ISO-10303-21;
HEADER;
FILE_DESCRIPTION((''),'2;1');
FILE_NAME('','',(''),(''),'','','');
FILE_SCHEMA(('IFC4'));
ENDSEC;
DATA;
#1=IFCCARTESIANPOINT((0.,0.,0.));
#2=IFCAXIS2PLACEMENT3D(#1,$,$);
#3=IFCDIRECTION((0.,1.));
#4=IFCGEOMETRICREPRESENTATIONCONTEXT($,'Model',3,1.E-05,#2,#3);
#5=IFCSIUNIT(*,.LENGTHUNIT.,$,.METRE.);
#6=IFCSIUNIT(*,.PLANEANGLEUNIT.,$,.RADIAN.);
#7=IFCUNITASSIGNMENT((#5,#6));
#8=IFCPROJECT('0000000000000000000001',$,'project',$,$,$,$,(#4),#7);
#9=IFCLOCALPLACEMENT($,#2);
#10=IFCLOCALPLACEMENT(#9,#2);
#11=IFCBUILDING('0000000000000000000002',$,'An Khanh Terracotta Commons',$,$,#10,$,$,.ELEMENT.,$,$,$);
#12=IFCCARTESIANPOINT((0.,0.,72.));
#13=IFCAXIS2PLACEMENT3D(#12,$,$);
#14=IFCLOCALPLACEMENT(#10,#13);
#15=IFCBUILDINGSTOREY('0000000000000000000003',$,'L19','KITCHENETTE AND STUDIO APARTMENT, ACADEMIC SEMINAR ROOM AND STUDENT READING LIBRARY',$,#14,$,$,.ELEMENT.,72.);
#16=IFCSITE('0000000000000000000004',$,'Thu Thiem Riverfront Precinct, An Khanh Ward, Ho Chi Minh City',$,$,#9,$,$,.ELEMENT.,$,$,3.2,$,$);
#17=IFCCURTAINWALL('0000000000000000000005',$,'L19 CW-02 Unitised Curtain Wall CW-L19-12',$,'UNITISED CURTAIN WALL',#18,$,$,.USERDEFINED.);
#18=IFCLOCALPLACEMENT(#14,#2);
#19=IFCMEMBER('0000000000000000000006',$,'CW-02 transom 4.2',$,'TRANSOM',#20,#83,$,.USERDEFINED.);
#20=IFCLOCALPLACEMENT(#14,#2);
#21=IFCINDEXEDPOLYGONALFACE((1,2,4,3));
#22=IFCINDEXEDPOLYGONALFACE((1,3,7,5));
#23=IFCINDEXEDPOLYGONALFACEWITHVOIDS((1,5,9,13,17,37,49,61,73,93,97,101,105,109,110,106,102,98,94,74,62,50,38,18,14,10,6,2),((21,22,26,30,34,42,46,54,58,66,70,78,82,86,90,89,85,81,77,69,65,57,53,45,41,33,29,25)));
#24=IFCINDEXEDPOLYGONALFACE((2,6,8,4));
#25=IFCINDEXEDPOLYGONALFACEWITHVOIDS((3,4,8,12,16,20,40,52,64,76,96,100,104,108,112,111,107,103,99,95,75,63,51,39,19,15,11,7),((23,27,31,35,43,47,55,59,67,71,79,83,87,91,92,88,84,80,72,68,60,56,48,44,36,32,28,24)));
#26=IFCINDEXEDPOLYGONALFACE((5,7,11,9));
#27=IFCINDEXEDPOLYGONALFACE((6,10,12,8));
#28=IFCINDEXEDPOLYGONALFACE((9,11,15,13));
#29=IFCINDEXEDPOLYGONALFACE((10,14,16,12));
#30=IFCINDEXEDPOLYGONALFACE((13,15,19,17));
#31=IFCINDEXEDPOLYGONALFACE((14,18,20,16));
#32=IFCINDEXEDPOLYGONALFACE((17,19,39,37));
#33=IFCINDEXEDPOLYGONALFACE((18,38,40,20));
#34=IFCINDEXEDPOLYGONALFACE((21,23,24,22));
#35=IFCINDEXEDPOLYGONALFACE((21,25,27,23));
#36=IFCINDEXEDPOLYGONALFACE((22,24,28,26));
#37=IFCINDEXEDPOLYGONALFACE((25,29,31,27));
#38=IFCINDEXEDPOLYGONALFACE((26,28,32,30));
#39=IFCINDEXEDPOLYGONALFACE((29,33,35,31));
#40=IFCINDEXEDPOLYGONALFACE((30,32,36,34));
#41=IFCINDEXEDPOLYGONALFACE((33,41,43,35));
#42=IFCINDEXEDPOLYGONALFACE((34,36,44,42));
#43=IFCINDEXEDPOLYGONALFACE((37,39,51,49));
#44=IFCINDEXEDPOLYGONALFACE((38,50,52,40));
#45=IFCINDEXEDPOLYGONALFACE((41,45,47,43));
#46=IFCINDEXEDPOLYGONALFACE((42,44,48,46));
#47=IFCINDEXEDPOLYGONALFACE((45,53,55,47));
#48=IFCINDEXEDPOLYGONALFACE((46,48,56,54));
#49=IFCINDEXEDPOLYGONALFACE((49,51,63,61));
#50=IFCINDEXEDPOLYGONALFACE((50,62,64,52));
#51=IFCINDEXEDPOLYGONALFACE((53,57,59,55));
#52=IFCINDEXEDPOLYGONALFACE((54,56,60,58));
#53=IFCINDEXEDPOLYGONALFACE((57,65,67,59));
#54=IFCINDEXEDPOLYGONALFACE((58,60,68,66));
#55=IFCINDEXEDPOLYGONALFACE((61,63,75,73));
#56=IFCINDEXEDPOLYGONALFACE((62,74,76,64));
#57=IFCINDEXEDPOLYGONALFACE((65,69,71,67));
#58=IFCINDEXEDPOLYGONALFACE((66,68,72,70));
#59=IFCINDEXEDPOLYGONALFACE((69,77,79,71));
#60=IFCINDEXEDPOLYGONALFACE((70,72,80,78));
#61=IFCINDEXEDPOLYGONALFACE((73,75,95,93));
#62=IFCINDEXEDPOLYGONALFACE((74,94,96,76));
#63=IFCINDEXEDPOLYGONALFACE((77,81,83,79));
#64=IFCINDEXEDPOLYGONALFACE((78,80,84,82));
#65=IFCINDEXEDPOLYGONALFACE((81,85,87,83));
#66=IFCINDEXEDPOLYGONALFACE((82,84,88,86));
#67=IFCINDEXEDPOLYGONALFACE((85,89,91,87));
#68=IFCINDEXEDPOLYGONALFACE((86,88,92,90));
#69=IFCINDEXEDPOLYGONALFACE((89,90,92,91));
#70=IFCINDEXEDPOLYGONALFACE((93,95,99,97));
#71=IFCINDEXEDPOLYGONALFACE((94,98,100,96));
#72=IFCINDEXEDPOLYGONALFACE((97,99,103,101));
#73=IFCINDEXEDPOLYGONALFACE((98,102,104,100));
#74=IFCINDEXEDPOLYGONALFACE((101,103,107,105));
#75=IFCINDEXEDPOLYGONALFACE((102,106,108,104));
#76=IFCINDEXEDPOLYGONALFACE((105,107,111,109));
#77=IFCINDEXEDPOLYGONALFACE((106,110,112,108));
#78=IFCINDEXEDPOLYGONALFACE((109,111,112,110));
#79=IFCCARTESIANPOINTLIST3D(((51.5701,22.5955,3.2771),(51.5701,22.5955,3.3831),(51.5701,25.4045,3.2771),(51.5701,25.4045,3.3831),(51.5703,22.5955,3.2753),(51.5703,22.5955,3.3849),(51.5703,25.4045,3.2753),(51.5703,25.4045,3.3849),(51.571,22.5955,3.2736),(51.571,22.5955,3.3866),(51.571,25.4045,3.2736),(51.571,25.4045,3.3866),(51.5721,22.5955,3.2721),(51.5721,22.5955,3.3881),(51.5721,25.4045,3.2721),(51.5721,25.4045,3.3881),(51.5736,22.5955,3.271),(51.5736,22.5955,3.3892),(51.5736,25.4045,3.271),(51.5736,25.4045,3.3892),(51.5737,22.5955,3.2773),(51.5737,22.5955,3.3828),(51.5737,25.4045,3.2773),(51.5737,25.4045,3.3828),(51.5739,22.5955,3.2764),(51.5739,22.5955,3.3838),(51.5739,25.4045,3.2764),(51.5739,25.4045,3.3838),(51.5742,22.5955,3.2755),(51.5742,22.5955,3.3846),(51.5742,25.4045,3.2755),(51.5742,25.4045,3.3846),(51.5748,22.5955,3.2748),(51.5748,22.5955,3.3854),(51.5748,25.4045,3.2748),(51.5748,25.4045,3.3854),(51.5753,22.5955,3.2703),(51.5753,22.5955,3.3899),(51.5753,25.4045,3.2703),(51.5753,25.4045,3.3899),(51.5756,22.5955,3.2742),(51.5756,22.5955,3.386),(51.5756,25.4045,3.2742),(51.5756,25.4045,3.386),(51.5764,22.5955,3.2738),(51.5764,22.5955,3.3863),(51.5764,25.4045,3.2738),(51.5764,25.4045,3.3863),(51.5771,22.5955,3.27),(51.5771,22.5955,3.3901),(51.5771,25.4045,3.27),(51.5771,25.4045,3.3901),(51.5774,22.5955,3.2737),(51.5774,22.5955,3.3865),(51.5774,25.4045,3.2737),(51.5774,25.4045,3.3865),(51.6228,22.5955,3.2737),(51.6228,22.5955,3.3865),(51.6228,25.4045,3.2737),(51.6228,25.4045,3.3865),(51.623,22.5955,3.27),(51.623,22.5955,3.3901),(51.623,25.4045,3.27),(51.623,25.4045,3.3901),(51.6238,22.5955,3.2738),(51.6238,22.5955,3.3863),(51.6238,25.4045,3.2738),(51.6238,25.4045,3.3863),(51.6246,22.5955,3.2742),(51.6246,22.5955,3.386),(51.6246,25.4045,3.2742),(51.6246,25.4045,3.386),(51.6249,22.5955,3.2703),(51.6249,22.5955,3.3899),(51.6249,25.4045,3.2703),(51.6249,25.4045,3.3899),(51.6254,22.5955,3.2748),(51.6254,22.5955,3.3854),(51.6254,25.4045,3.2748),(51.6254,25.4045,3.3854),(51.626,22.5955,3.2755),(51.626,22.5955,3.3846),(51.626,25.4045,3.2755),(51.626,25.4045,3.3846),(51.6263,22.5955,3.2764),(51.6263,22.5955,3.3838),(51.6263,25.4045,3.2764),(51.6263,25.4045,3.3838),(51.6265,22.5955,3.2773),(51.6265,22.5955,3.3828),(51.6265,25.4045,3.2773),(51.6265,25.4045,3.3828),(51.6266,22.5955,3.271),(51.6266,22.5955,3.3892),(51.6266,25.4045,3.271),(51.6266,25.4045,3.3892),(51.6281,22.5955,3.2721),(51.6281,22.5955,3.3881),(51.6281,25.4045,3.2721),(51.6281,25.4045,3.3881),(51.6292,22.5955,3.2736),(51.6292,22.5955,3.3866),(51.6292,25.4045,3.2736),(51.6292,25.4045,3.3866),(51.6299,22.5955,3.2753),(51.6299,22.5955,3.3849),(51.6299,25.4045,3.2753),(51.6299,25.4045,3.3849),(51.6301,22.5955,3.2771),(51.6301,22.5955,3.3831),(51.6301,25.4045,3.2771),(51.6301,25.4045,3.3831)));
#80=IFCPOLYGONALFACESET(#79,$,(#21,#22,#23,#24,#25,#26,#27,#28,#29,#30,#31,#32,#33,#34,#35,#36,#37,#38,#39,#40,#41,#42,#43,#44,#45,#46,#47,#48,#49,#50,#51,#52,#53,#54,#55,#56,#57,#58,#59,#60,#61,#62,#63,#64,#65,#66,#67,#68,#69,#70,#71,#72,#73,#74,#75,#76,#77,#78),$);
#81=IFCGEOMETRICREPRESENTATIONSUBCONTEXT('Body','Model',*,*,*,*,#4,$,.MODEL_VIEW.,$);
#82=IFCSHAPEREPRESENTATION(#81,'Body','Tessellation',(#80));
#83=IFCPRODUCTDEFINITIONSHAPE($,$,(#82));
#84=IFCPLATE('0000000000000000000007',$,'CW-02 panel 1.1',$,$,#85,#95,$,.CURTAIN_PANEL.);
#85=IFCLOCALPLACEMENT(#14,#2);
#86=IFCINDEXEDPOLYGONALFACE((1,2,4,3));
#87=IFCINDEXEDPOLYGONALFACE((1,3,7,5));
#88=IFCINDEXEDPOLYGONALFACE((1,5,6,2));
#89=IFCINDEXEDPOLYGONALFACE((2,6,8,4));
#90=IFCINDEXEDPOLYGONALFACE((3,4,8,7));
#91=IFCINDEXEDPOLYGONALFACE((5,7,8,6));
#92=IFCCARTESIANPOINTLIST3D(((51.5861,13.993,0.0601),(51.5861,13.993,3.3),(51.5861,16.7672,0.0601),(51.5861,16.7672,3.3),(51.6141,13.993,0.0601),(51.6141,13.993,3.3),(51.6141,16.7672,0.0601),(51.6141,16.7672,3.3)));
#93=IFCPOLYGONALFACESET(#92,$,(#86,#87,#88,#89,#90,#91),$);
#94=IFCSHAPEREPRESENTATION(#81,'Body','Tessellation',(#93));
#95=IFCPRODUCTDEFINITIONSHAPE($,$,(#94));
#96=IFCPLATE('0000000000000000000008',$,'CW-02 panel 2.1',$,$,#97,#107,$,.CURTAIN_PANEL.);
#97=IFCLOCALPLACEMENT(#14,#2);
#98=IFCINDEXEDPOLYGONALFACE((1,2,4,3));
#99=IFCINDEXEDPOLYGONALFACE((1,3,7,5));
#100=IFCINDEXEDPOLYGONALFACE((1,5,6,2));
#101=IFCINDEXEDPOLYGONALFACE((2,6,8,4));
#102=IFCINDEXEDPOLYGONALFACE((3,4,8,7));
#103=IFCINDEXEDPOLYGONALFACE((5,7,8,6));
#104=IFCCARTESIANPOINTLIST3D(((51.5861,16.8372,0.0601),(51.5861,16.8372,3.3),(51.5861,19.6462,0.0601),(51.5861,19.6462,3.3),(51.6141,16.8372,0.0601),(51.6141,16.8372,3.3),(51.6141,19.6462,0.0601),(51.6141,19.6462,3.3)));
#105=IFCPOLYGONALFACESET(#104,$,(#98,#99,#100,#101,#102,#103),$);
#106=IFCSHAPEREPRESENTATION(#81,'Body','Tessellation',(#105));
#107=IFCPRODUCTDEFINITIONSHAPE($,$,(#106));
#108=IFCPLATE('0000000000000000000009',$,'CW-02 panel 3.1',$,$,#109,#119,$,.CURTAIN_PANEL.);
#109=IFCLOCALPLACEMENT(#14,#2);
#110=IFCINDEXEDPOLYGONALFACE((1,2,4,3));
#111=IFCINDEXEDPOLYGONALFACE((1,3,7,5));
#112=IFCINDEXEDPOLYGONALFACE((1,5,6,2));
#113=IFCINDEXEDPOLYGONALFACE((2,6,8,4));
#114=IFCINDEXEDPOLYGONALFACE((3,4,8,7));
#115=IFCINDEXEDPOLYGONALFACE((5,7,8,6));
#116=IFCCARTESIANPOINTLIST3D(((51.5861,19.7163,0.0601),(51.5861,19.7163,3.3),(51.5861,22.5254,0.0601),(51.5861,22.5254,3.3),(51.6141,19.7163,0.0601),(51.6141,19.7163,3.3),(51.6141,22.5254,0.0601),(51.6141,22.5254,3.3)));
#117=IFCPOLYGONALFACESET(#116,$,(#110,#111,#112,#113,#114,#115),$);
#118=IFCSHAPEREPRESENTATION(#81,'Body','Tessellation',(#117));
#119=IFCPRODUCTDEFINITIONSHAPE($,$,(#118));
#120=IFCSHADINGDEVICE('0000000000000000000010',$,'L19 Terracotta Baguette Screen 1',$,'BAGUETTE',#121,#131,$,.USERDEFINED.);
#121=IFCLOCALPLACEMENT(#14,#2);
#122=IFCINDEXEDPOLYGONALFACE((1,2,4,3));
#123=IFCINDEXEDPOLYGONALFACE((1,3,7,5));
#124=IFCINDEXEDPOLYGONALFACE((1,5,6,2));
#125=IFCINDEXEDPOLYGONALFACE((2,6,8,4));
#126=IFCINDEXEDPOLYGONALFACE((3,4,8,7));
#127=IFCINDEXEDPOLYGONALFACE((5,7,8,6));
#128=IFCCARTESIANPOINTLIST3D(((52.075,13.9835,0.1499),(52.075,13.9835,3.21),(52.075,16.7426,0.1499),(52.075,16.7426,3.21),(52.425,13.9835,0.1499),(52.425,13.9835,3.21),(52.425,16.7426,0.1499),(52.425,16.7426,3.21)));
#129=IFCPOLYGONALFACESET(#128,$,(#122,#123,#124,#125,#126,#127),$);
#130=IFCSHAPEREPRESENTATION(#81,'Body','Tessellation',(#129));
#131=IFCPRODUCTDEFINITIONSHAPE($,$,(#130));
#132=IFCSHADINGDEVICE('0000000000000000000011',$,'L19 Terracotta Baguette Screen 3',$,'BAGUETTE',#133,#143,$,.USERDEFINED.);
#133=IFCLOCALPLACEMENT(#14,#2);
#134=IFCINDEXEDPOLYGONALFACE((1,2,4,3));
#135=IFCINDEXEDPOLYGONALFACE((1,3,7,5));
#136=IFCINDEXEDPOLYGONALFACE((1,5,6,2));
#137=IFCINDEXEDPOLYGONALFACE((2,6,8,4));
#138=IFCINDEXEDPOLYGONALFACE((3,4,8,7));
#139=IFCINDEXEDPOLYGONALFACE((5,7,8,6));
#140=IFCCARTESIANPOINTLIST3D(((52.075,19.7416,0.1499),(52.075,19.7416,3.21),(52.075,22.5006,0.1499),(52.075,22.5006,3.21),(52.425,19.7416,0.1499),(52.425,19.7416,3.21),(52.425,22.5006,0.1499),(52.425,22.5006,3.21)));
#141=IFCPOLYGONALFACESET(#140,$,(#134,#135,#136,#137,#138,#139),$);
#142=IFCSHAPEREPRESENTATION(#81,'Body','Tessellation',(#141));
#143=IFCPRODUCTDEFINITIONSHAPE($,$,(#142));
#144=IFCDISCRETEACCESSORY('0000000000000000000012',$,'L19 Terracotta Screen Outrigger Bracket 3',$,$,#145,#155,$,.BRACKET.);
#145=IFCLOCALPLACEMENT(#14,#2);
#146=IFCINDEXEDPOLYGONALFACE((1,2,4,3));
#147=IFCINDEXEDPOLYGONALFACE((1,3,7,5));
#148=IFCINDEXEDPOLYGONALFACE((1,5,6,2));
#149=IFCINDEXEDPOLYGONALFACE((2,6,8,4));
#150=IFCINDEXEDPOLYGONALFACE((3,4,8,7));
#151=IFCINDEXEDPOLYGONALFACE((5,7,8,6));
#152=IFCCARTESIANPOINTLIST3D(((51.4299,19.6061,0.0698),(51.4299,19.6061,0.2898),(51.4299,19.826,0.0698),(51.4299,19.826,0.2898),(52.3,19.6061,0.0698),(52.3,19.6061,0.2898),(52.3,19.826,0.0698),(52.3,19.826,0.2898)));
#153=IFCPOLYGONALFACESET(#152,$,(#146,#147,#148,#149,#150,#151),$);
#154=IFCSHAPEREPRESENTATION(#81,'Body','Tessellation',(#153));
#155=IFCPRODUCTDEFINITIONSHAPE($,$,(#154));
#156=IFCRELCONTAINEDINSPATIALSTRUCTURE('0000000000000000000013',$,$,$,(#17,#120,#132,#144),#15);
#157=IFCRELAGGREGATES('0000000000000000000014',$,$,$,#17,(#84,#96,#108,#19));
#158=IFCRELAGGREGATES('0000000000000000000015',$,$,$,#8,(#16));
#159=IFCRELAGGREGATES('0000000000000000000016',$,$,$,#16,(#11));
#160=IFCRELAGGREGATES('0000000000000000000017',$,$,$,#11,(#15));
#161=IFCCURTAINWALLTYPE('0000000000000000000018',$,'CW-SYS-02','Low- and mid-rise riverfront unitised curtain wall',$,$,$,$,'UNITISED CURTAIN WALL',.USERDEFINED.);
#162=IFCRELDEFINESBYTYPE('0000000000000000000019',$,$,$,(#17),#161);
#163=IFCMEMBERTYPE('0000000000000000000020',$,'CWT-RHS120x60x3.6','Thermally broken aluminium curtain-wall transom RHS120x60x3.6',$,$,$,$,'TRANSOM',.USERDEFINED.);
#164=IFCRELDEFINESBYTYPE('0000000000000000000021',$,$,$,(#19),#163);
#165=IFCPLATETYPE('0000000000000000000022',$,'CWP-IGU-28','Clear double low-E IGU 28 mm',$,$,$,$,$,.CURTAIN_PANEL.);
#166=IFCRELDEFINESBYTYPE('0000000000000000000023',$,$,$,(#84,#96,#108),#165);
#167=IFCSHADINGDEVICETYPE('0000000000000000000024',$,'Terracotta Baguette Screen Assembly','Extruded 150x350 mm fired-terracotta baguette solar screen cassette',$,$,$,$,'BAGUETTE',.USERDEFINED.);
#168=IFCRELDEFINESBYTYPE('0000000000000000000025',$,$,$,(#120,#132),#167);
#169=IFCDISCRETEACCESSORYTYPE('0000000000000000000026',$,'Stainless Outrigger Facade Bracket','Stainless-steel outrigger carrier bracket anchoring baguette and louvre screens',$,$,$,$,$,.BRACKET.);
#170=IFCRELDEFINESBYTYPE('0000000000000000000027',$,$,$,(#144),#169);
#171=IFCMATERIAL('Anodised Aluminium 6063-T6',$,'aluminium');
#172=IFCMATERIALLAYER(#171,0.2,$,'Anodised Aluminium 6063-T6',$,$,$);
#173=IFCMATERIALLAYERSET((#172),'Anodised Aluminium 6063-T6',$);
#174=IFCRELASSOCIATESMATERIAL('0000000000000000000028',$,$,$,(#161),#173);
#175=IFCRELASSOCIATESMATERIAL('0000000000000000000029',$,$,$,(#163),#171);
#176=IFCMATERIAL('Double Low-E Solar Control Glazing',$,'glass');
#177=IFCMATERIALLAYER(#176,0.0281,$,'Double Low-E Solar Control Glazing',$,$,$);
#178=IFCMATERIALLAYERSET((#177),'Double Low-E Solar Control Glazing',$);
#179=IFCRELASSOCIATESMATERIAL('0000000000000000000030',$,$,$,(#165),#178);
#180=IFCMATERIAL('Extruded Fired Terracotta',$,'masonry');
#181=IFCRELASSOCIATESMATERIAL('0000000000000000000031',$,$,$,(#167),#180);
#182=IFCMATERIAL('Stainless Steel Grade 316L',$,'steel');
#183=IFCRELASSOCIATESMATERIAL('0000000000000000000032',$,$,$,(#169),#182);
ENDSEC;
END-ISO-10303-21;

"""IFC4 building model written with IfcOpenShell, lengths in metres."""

from ifc_helpers import new_model, si_unit, direction, frame, origin, origin_2d, place, context, subcontext, project, spatial, rectangle, hollow_rectangle, extrude, material, layer, layer_set, material_profile, profile_set, type_object, element, aggregate, save


model = new_model("IFC4")

# Units and contexts
model_context = context("Model", 3, precision=1e-05, world=origin(), true_north=direction((0.0, 1.0)))
body_context = subcontext(model_context, "Body", "Model", "MODEL_VIEW")
ifc_project = project(units=[si_unit("LENGTHUNIT", "METRE"), si_unit("PLANEANGLEUNIT", "RADIAN")], contexts=[model_context])

# Site, building, storey
site_placement = place(None, origin())
site = spatial("IfcSite", under=ifc_project, at=site_placement, Name="Thu Thiem Riverfront Precinct, An Khanh Ward, Ho Chi Minh City", CompositionType="ELEMENT", RefElevation=3.2)
building_placement = place(site_placement, origin())
building = spatial("IfcBuilding", under=site, at=building_placement, Name="An Khanh Terracotta Commons", CompositionType="ELEMENT")
storey_placement = place(building_placement, frame((0.0, 0.0, 72.0)))
storey = spatial("IfcBuildingStorey", under=building, at=storey_placement, Name="L19", Description="KITCHENETTE AND STUDIO APARTMENT, ACADEMIC SEMINAR ROOM AND STUDENT READING LIBRARY", CompositionType="ELEMENT", Elevation=72.0)

# Curtain wall, member, plates
ifc_material_1 = material(Name="Anodised Aluminium 6063-T6", Category="aluminium")
ifc_layer_1 = layer(ifc_material_1, 0.2, Name="Anodised Aluminium 6063-T6")
ifc_layer_set_1 = layer_set([ifc_layer_1], Name="Anodised Aluminium 6063-T6")
curtain_wall_type = type_object("IfcCurtainWallType", Name="CW-SYS-02", Description="Low- and mid-rise riverfront unitised curtain wall", ElementType="UNITISED CURTAIN WALL", PredefinedType="USERDEFINED", material=ifc_layer_set_1)
curtain_wall_placement = place(storey_placement, origin())
curtain_wall = element("IfcCurtainWall", 1, at=curtain_wall_placement, inside=storey, type_object=curtain_wall_type, Name="L19 CW-02 Unitised Curtain Wall CW-L19-12", ObjectType="UNITISED CURTAIN WALL", PredefinedType="USERDEFINED")
ifc_material_profile_1 = material_profile(ifc_material_1, hollow_rectangle(XDim=0.0601, YDim=0.1201, WallThickness=0.0037, InnerFilletRadius=0.0037, OuterFilletRadius=0.0071, at=origin_2d()), Name="RHS120x60x3.6")
ifc_profile_set_1 = profile_set([ifc_material_profile_1], Name="Anodised Aluminium 6063-T6")
member_type_1 = type_object("IfcMemberType", Name="CWT-RHS120x60x3.6", Description="Thermally broken aluminium curtain-wall transom RHS120x60x3.6", ElementType="TRANSOM", PredefinedType="USERDEFINED", material=ifc_profile_set_1)
member_1_placement = place(storey_placement, frame((51.6001, 22.5955, 3.3301), z_axis=(0.0, 1.0, 0.0), x_axis=(-1.0, 0.0, 0.0)))
member_1 = element("IfcMember", 2, at=member_1_placement, type_object=member_type_1, Name="CW-02 transom 4.2", ObjectType="TRANSOM", PredefinedType="USERDEFINED", context=body_context, shape_type="SweptSolid", body=[
    extrude(hollow_rectangle(XDim=0.0601, YDim=0.1201, WallThickness=0.0037, InnerFilletRadius=0.0037, OuterFilletRadius=0.0071, at=origin_2d()), origin(), (0.0, 0.0, 1.0), 2.8091),
])
ifc_material_2 = material(Name="Double Low-E Solar Control Glazing", Category="glass")
ifc_layer_2 = layer(ifc_material_2, 0.0281, Name="Double Low-E Solar Control Glazing")
ifc_layer_set_2 = layer_set([ifc_layer_2], Name="Double Low-E Solar Control Glazing")
plate_type = type_object("IfcPlateType", Name="CWP-IGU-28", Description="Clear double low-E IGU 28 mm", PredefinedType="CURTAIN_PANEL", material=ifc_layer_set_2)
plate_1_placement = place(storey_placement, frame((51.6001, 15.3801, 0.0601), z_axis=(0.0, 0.0, 1.0), x_axis=(0.0, 1.0, 0.0)))
plate_1 = element("IfcPlate", 3, at=plate_1_placement, type_object=plate_type, Name="CW-02 panel 1.1", PredefinedType="CURTAIN_PANEL", context=body_context, shape_type="SweptSolid", body=[
    extrude(rectangle(XDim=2.7742, YDim=0.0281, at=origin_2d()), origin(), (0.0, 0.0, 1.0), 3.24),
])
plate_2_placement = place(storey_placement, frame((51.6001, 18.2417, 0.0601), z_axis=(0.0, 0.0, 1.0), x_axis=(0.0, 1.0, 0.0)))
plate_2 = element("IfcPlate", 4, at=plate_2_placement, type_object=plate_type, Name="CW-02 panel 2.1", PredefinedType="CURTAIN_PANEL", context=body_context, shape_type="SweptSolid", body=[
    extrude(rectangle(XDim=2.8091, YDim=0.0281, at=origin_2d()), origin(), (0.0, 0.0, 1.0), 3.24),
])
plate_3_placement = place(storey_placement, frame((51.6001, 21.1208, 0.0601), z_axis=(0.0, 0.0, 1.0), x_axis=(0.0, 1.0, 0.0)))
plate_3 = element("IfcPlate", 5, at=plate_3_placement, type_object=plate_type, Name="CW-02 panel 3.1", PredefinedType="CURTAIN_PANEL", context=body_context, shape_type="SweptSolid", body=[
    extrude(rectangle(XDim=2.8091, YDim=0.0281, at=origin_2d()), origin(), (0.0, 0.0, 1.0), 3.24),
])
aggregate(curtain_wall, [plate_1, plate_2, plate_3, member_1])

# Shading devices
ifc_material_3 = material(Name="Extruded Fired Terracotta", Category="masonry")
shading_device_type = type_object("IfcShadingDeviceType", Name="Terracotta Baguette Screen Assembly", Description="Extruded 150x350 mm fired-terracotta baguette solar screen cassette", ElementType="BAGUETTE", PredefinedType="USERDEFINED", material=ifc_material_3)
for number, where, z_axis, x_axis, name in (
    (6, (52.25, 15.363, 0.1499), (0.0, 0.0, 1.0), (0.0, 1.0, 0.0), "L19 Terracotta Baguette Screen 1"),
    (7, (52.25, 21.1211, 0.1499), (0.0, 0.0, 1.0), (0.0, 1.0, 0.0), "L19 Terracotta Baguette Screen 3"),
):
    element("IfcShadingDevice", number, at=place(storey_placement, frame(where, z_axis=z_axis, x_axis=x_axis)), inside=storey, type_object=shading_device_type, Name=name, ObjectType="BAGUETTE", PredefinedType="USERDEFINED", context=body_context, shape_type="SweptSolid", body=[
        extrude(rectangle(XDim=2.759, YDim=0.3501, at=origin_2d()), origin(), (0.0, 0.0, 1.0), 3.0601),
    ])

# Discrete accessory
ifc_material_4 = material(Name="Stainless Steel Grade 316L", Category="steel")
discrete_accessory_type = type_object("IfcDiscreteAccessoryType", Name="Stainless Outrigger Facade Bracket", Description="Stainless-steel outrigger carrier bracket anchoring baguette and louvre screens", PredefinedType="BRACKET", material=ifc_material_4)
discrete_accessory_placement = place(storey_placement, frame((51.865, 19.7161, 0.0698), z_axis=(0.0, 0.0, 1.0), x_axis=(0.0, 1.0, 0.0)))
element("IfcDiscreteAccessory", 8, at=discrete_accessory_placement, inside=storey, type_object=discrete_accessory_type, Name="L19 Terracotta Screen Outrigger Bracket 3", PredefinedType="BRACKET", context=body_context, shape_type="SweptSolid", body=[
    extrude(rectangle(XDim=0.22, YDim=0.8701, at=origin_2d()), origin(), (0.0, 0.0, 1.0), 0.22),
])

save(model, "model.ifc")
